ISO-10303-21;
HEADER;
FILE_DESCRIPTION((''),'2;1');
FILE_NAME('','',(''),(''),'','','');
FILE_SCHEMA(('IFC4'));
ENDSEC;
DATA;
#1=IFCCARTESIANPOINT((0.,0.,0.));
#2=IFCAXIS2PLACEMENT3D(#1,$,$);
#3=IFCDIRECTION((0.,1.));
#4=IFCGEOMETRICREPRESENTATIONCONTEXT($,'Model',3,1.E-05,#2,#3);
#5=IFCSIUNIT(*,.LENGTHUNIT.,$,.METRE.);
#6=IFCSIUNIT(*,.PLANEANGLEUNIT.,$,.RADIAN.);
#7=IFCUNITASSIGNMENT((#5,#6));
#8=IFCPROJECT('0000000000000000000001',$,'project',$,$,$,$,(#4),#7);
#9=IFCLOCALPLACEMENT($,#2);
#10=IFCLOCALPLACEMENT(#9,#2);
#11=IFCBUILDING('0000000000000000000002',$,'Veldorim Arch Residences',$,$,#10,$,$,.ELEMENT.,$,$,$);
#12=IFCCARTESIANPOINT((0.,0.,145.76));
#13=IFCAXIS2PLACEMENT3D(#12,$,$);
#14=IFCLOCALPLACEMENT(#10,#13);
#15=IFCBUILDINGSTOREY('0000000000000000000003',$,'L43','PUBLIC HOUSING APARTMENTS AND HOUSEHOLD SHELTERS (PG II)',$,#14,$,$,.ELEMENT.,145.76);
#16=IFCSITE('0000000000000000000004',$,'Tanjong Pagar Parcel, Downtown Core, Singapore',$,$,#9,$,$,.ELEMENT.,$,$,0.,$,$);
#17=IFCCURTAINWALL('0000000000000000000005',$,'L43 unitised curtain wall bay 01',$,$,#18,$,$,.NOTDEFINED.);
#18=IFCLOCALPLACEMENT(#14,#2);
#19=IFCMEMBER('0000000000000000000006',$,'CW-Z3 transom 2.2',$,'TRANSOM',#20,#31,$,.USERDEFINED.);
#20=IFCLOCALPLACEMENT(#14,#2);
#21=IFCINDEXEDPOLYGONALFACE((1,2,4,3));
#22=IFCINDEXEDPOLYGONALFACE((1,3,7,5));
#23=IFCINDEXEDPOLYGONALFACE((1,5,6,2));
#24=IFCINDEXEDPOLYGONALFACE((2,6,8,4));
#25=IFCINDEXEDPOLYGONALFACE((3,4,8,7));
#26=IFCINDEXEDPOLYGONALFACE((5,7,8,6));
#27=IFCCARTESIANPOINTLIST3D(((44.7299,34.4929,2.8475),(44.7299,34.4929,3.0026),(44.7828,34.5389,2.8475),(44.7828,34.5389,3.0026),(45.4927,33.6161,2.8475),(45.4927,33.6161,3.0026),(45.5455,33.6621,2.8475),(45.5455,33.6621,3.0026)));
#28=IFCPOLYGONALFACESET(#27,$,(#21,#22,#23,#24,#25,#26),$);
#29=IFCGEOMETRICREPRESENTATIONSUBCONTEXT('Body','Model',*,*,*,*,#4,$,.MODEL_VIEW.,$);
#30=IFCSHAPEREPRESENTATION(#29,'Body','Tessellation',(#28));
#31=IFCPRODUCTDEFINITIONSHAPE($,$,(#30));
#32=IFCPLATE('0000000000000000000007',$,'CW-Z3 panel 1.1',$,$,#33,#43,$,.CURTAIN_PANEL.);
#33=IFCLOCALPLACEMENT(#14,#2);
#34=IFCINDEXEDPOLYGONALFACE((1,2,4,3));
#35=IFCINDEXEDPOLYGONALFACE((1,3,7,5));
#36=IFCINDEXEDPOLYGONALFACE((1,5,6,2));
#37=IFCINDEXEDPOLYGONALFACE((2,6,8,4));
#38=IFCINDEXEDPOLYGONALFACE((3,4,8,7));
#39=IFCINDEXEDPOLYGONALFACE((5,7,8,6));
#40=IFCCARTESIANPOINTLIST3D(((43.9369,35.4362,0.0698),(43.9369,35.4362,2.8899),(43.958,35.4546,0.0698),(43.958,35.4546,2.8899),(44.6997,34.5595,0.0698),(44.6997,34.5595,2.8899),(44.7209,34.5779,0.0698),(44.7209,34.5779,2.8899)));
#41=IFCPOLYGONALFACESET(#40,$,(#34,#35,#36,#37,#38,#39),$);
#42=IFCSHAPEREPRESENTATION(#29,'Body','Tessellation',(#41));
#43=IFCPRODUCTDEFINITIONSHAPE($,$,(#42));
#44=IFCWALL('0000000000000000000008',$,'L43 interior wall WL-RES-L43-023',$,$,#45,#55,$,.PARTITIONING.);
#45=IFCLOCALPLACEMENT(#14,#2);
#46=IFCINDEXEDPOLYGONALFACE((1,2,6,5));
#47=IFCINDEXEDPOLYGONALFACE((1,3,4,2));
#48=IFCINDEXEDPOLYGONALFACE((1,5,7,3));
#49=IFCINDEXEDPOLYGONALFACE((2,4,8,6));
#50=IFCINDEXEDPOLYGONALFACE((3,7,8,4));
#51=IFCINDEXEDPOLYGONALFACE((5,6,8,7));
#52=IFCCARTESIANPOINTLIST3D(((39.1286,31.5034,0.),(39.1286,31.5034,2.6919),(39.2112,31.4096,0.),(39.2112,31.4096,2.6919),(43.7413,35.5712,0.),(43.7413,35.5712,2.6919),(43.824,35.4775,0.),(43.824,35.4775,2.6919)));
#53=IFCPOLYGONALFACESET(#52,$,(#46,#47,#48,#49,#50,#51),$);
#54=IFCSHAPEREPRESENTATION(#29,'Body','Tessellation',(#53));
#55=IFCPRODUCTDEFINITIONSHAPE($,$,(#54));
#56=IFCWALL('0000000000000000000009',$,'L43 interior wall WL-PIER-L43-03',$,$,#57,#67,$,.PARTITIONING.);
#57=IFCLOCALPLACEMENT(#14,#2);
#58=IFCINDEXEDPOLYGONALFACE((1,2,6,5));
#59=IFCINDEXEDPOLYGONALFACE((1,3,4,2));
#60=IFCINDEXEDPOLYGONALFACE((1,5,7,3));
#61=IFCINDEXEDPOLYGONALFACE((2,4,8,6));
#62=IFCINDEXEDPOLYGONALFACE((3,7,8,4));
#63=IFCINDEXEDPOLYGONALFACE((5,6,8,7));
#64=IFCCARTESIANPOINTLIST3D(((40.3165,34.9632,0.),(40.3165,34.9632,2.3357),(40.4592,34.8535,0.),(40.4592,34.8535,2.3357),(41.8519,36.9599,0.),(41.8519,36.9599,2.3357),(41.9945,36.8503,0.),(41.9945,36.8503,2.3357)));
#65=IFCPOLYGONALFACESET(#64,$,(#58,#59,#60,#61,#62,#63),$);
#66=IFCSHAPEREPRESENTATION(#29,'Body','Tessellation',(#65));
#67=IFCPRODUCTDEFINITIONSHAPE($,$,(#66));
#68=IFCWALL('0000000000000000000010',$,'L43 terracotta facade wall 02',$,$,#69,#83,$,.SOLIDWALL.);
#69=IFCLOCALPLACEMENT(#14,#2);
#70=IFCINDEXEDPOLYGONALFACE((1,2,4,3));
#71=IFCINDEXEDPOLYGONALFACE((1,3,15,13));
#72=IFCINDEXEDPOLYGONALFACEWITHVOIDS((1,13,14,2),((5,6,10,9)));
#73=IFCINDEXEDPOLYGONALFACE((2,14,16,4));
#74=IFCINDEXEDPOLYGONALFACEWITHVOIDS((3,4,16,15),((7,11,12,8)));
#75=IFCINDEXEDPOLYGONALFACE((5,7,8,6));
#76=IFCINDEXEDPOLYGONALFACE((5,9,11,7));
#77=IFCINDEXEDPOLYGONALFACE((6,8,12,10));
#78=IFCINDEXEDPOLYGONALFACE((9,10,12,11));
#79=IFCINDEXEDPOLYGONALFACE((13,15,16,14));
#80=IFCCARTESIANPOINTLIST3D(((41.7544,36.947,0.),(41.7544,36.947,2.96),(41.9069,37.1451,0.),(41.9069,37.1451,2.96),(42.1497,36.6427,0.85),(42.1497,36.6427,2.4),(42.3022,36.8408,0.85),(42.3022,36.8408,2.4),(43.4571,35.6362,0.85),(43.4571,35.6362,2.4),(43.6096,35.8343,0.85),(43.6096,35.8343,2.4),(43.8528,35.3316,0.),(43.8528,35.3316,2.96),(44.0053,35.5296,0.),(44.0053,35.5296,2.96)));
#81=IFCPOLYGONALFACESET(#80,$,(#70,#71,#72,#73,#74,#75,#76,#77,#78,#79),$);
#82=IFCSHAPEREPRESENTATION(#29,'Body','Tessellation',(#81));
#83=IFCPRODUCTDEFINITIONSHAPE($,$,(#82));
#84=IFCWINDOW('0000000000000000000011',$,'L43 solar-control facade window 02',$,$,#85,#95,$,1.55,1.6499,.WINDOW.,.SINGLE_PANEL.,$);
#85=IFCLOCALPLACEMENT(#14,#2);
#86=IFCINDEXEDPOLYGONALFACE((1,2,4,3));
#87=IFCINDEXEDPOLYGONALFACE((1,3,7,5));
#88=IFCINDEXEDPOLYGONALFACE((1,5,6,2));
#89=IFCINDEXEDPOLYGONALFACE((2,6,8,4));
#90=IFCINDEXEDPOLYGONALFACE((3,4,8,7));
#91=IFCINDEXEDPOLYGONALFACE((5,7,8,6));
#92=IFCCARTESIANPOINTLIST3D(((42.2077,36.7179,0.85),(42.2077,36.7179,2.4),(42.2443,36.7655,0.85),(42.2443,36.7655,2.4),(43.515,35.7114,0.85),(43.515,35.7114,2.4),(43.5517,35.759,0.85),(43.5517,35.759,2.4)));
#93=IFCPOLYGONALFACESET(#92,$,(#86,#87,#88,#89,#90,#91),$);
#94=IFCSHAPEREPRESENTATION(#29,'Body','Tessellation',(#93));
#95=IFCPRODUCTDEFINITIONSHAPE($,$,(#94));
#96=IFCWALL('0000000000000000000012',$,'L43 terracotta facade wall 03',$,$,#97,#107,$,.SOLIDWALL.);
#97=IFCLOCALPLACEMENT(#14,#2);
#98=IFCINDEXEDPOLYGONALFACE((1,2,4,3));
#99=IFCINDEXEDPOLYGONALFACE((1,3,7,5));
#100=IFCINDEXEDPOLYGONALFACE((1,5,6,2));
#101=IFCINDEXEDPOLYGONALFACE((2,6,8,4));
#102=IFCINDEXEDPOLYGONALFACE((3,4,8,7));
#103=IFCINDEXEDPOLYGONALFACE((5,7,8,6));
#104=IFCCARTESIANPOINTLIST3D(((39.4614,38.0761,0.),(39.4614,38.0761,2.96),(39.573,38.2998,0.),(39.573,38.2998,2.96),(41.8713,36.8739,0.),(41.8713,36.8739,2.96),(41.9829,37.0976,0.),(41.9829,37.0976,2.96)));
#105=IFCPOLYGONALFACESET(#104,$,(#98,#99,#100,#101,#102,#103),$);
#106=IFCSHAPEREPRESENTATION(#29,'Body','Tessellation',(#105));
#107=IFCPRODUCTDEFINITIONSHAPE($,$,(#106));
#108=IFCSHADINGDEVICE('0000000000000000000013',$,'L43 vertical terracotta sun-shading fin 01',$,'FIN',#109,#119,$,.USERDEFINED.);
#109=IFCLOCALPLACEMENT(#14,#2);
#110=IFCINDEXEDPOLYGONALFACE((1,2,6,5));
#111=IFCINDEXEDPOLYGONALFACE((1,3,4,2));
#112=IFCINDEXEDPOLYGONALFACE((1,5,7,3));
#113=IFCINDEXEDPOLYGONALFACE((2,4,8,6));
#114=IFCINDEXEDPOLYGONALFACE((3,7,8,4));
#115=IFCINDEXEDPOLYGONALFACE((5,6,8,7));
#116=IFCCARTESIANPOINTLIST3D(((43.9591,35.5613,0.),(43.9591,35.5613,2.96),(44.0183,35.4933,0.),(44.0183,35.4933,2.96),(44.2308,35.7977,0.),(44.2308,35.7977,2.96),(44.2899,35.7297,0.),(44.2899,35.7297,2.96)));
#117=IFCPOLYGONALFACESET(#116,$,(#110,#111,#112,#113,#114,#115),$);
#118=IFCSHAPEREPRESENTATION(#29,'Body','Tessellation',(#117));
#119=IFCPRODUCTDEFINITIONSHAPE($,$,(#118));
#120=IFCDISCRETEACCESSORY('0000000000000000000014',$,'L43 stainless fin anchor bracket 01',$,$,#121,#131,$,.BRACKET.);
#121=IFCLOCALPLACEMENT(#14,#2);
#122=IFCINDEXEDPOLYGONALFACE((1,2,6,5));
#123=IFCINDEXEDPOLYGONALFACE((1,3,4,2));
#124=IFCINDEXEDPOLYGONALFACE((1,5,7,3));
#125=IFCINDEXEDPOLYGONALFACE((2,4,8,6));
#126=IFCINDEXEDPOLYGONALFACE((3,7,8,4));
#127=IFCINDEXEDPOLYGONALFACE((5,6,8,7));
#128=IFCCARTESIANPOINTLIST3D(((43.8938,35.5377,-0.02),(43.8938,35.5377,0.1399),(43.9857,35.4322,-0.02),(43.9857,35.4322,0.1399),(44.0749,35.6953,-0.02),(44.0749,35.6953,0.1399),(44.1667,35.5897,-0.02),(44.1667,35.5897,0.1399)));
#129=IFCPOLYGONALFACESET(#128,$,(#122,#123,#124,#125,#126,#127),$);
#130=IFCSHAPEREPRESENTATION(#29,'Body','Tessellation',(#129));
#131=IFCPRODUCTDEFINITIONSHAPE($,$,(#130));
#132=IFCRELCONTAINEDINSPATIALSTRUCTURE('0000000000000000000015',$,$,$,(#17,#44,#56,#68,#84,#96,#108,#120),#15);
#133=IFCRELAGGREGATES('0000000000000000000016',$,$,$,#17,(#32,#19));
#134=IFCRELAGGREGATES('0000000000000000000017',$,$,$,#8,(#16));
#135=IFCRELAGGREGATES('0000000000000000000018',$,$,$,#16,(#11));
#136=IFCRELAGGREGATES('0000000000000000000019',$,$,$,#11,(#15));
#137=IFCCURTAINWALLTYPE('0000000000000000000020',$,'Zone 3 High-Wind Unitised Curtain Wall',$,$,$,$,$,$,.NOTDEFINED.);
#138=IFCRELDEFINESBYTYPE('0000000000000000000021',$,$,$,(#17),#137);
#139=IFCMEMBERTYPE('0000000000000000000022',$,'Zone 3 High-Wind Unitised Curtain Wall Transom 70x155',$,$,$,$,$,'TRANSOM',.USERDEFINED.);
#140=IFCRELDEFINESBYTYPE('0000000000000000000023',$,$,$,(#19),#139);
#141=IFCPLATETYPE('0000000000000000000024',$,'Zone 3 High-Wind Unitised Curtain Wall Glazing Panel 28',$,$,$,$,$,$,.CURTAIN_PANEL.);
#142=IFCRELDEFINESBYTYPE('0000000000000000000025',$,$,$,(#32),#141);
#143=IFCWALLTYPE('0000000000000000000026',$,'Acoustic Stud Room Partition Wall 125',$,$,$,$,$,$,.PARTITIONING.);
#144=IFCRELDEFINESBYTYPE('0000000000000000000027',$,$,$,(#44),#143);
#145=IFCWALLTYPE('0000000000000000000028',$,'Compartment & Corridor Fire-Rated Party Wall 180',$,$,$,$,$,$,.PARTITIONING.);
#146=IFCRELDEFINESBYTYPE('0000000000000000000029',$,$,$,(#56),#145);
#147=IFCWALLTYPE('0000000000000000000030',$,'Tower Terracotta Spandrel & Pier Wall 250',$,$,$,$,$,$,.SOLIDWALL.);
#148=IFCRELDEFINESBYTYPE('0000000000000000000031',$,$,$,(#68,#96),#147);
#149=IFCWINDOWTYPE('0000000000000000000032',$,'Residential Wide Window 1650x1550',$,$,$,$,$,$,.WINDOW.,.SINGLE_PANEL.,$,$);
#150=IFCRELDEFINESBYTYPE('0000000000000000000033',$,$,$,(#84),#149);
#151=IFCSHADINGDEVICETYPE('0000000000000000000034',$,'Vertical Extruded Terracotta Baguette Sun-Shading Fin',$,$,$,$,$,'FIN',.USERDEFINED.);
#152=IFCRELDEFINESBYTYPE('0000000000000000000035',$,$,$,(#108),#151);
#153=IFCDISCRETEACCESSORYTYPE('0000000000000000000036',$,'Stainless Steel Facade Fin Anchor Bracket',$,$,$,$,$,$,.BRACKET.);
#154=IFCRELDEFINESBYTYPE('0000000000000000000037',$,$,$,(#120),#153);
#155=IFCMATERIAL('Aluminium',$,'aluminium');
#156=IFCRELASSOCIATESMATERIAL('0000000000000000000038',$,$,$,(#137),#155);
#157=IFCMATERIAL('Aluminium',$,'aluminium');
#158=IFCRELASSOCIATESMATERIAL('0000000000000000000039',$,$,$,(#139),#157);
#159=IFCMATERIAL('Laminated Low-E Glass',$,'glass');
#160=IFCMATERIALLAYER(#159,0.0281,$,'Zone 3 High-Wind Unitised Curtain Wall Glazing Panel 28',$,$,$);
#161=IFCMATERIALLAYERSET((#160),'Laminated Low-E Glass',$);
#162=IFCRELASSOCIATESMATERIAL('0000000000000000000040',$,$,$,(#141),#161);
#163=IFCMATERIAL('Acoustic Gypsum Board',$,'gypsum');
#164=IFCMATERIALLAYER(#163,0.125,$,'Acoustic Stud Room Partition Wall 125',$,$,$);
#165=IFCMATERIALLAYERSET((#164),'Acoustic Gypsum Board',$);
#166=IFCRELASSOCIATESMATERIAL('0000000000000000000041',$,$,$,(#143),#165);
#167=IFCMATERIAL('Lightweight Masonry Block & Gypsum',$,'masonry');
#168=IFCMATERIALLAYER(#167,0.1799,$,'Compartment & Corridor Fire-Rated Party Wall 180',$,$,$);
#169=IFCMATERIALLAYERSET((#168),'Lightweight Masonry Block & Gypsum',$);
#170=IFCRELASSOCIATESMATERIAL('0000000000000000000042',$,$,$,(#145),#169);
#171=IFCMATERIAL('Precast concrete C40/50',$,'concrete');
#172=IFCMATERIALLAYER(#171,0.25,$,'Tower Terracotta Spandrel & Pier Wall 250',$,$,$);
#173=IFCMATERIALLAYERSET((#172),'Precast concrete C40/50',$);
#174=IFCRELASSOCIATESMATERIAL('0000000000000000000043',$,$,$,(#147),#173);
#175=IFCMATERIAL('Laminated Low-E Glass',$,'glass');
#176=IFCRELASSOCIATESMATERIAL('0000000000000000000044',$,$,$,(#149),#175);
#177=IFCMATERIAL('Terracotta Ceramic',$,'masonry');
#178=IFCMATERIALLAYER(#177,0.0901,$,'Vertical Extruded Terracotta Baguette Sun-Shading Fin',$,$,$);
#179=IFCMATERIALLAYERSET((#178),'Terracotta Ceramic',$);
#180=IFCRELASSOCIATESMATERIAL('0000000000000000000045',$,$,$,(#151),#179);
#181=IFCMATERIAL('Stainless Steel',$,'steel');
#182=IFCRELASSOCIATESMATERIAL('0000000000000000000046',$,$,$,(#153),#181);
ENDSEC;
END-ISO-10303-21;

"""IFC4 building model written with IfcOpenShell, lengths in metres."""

from ifc_helpers import new_model, si_unit, direction, frame, frame_2d, origin, origin_2d, place, context, subcontext, project, spatial, rectangle, extrude, material, layer, layer_set, material_profile, profile_set, type_object, element, fill, aggregate, save


model = new_model("IFC4")

# Units and contexts
model_context = context("Model", 3, precision=1e-05, world=origin(), true_north=direction((0.0, 1.0)))
body_context = subcontext(model_context, "Body", "Model", "MODEL_VIEW")
ifc_project = project(units=[si_unit("LENGTHUNIT", "METRE"), si_unit("PLANEANGLEUNIT", "RADIAN")], contexts=[model_context])

# Site, building, storey
site_placement = place(None, origin())
site = spatial("IfcSite", under=ifc_project, at=site_placement, Name="Tanjong Pagar Parcel, Downtown Core, Singapore", CompositionType="ELEMENT", RefElevation=0.0)
building_placement = place(site_placement, origin())
building = spatial("IfcBuilding", under=site, at=building_placement, Name="Veldorim Arch Residences", CompositionType="ELEMENT")
storey_placement = place(building_placement, frame((0.0, 0.0, 145.76)))
storey = spatial("IfcBuildingStorey", under=building, at=storey_placement, Name="L43", Description="PUBLIC HOUSING APARTMENTS AND HOUSEHOLD SHELTERS (PG II)", CompositionType="ELEMENT", Elevation=145.76)

# Curtain wall, member, plate
ifc_material_1 = material(Name="Aluminium", Category="aluminium")
curtain_wall_type = type_object("IfcCurtainWallType", Name="Zone 3 High-Wind Unitised Curtain Wall", PredefinedType="NOTDEFINED", material=ifc_material_1)
curtain_wall_placement = place(storey_placement, origin())
curtain_wall = element("IfcCurtainWall", 1, at=curtain_wall_placement, inside=storey, type_object=curtain_wall_type, Name="L43 unitised curtain wall bay 01", PredefinedType="NOTDEFINED")
ifc_material_2 = material(Name="Aluminium", Category="aluminium")
ifc_material_profile_1 = material_profile(ifc_material_2, rectangle(XDim=0.0701, YDim=0.155, at=origin_2d()), Name="ALU_TRN_70x155")
ifc_profile_set_1 = profile_set([ifc_material_profile_1], Name="Aluminium")
member_type_1 = type_object("IfcMemberType", Name="Zone 3 High-Wind Unitised Curtain Wall Transom 70x155", ElementType="TRANSOM", PredefinedType="USERDEFINED", material=ifc_profile_set_1)
member_1_placement = place(storey_placement, frame((44.7563, 34.5159, 2.925), z_axis=(0.656345, -0.754461, 0.0), x_axis=(0.754461, 0.656345, 0.0)))
member_1 = element("IfcMember", 2, at=member_1_placement, type_object=member_type_1, Name="CW-Z3 transom 2.2", ObjectType="TRANSOM", PredefinedType="USERDEFINED", context=body_context, shape_type="SweptSolid", body=[
    extrude(rectangle(XDim=0.0701, YDim=0.155, at=origin_2d()), origin(), (0.0, 0.0, 1.0), 1.1621),
])
ifc_material_3 = material(Name="Laminated Low-E Glass", Category="glass")
ifc_layer_1 = layer(ifc_material_3, 0.0281, Name="Zone 3 High-Wind Unitised Curtain Wall Glazing Panel 28")
ifc_layer_set_1 = layer_set([ifc_layer_1], Name="Laminated Low-E Glass")
plate_type = type_object("IfcPlateType", Name="Zone 3 High-Wind Unitised Curtain Wall Glazing Panel 28", PredefinedType="CURTAIN_PANEL", material=ifc_layer_set_1)
plate_placement = place(storey_placement, frame((44.3289, 35.0071, 0.0698), z_axis=(0.0, 0.0, 1.0), x_axis=(0.656415, -0.7544, 0.0)))
plate = element("IfcPlate", 3, at=plate_placement, type_object=plate_type, Name="CW-Z3 panel 1.1", PredefinedType="CURTAIN_PANEL", context=body_context, shape_type="SweptSolid", body=[
    extrude(rectangle(XDim=1.1621, YDim=0.0281, at=origin_2d()), origin(), (0.0, 0.0, 1.0), 2.8201),
])
aggregate(curtain_wall, [plate, member_1])

# Walls
ifc_material_4 = material(Name="Acoustic Gypsum Board", Category="gypsum")
ifc_layer_2 = layer(ifc_material_4, 0.125, Name="Acoustic Stud Room Partition Wall 125")
ifc_layer_set_2 = layer_set([ifc_layer_2], Name="Acoustic Gypsum Board")
wall_type_1 = type_object("IfcWallType", Name="Acoustic Stud Room Partition Wall 125", PredefinedType="PARTITIONING", material=ifc_layer_set_2)
wall_1_placement = place(storey_placement, frame((43.7827, 35.5244, 0.0), z_axis=(0.0, 0.0, 1.0), x_axis=(-0.750019, -0.661417, 0.0)))
element("IfcWall", 4, at=wall_1_placement, inside=storey, type_object=wall_type_1, Name="L43 interior wall WL-RES-L43-023", PredefinedType="PARTITIONING", context=body_context, shape_type="SweptSolid", body=[
    extrude(rectangle(XDim=6.1501, YDim=0.125, at=frame_2d((3.0752, 0.0))), origin(), (0.0, 0.0, 1.0), 2.6919),
])
ifc_material_5 = material(Name="Lightweight Masonry Block & Gypsum", Category="masonry")
ifc_layer_3 = layer(ifc_material_5, 0.1799, Name="Compartment & Corridor Fire-Rated Party Wall 180")
ifc_layer_set_3 = layer_set([ifc_layer_3], Name="Lightweight Masonry Block & Gypsum")
wall_type_2 = type_object("IfcWallType", Name="Compartment & Corridor Fire-Rated Party Wall 180", PredefinedType="PARTITIONING", material=ifc_layer_set_3)
wall_2_placement = place(storey_placement, frame((40.3879, 34.9084, 0.0), z_axis=(0.0, 0.0, 1.0), x_axis=(0.609556, 0.792743, 0.0)))
element("IfcWall", 5, at=wall_2_placement, inside=storey, type_object=wall_type_2, Name="L43 interior wall WL-PIER-L43-03", PredefinedType="PARTITIONING", context=body_context, shape_type="SweptSolid", body=[
    extrude(rectangle(XDim=2.5188, YDim=0.1799, at=frame_2d((1.2593, 0.0))), origin(), (0.0, 0.0, 1.0), 2.3357),
])

# Wall, opening, window
ifc_material_6 = material(Name="Precast concrete C40/50", Category="concrete")
ifc_layer_4 = layer(ifc_material_6, 0.25, Name="Tower Terracotta Spandrel & Pier Wall 250")
ifc_layer_set_4 = layer_set([ifc_layer_4], Name="Precast concrete C40/50")
wall_type_3 = type_object("IfcWallType", Name="Tower Terracotta Spandrel & Pier Wall 250", PredefinedType="SOLIDWALL", material=ifc_layer_set_4)
wall_3_placement = place(storey_placement, frame((41.8306, 37.0461, 0.0), z_axis=(0.0, 0.0, 1.0), x_axis=(0.792381, -0.610027, 0.0)))
wall_3 = element("IfcWall", 6, at=wall_3_placement, inside=storey, type_object=wall_type_3, Name="L43 terracotta facade wall 02", PredefinedType="SOLIDWALL", context=body_context, shape_type="SweptSolid", body=[
    extrude(rectangle(XDim=2.6482, YDim=0.25, at=frame_2d((1.3242, 0.0))), origin(), (0.0, 0.0, 1.0), 2.96),
])
opening_placement = place(wall_3_placement, frame((0.499, 0.0, 0.8501)))
opening = element("IfcOpeningElement", 7, at=opening_placement, cuts=wall_3, PredefinedType="OPENING", context=body_context, shape_type="SweptSolid", body=[
    extrude(rectangle(XDim=1.6499, YDim=1.55, at=frame_2d((0.825, 0.7749))), frame((0.0, 0.135, 0.0), z_axis=(0.0, -1.0, 0.0), x_axis=(1.0, 0.0, 0.0)), (0.0, 0.0, 1.0), 0.27),
])
ifc_material_7 = material(Name="Laminated Low-E Glass", Category="glass")
window_type = type_object("IfcWindowType", Name="Residential Wide Window 1650x1550", PartitioningType="SINGLE_PANEL", PredefinedType="WINDOW", material=ifc_material_7)
window_placement = place(opening_placement, origin())
window = element("IfcWindow", 8, at=window_placement, inside=storey, type_object=window_type, Name="L43 solar-control facade window 02", OverallHeight=1.55, OverallWidth=1.6499, PartitioningType="SINGLE_PANEL", PredefinedType="WINDOW", context=body_context, shape_type="SweptSolid", body=[
    extrude(rectangle(XDim=1.6499, YDim=1.55, at=frame_2d((0.825, 0.7749))), frame((0.0, 0.03, 0.0), z_axis=(0.0, -1.0, 0.0), x_axis=(1.0, 0.0, 0.0)), (0.0, 0.0, 1.0), 0.0601),
])
fill(opening, window)

# Wall
wall_4_placement = place(storey_placement, frame((39.5171, 38.188, 0.0), z_axis=(0.0, 0.0, 1.0), x_axis=(0.894844, -0.446379, 0.0)))
element("IfcWall", 9, at=wall_4_placement, inside=storey, type_object=wall_type_3, Name="L43 terracotta facade wall 03", PredefinedType="SOLIDWALL", context=body_context, shape_type="SweptSolid", body=[
    extrude(rectangle(XDim=2.6931, YDim=0.25, at=frame_2d((1.3467, 0.0))), origin(), (0.0, 0.0, 1.0), 2.96),
])

# Shading device
ifc_material_8 = material(Name="Terracotta Ceramic", Category="masonry")
ifc_layer_5 = layer(ifc_material_8, 0.0901, Name="Vertical Extruded Terracotta Baguette Sun-Shading Fin")
ifc_layer_set_5 = layer_set([ifc_layer_5], Name="Terracotta Ceramic")
shading_device_type = type_object("IfcShadingDeviceType", Name="Vertical Extruded Terracotta Baguette Sun-Shading Fin", ElementType="FIN", PredefinedType="USERDEFINED", material=ifc_layer_set_5)
shading_device_placement = place(storey_placement, frame((44.1245, 35.6455, 0.0), z_axis=(0.0, 0.0, 1.0), x_axis=(0.656454, -0.754366, 0.0)))
element("IfcShadingDevice", 10, at=shading_device_placement, inside=storey, type_object=shading_device_type, Name="L43 vertical terracotta sun-shading fin 01", ObjectType="FIN", PredefinedType="USERDEFINED", context=body_context, shape_type="SweptSolid", body=[
    extrude(rectangle(XDim=0.0901, YDim=0.3601, at=origin_2d()), origin(), (0.0, 0.0, 1.0), 2.96),
])

# Discrete accessory
ifc_material_9 = material(Name="Stainless Steel", Category="steel")
discrete_accessory_type = type_object("IfcDiscreteAccessoryType", Name="Stainless Steel Facade Fin Anchor Bracket", PredefinedType="BRACKET", material=ifc_material_9)
discrete_accessory_placement = place(storey_placement, frame((44.0303, 35.5637, -0.02), z_axis=(0.0, 0.0, 1.0), x_axis=(0.656454, -0.754366, 0.0)))
element("IfcDiscreteAccessory", 11, at=discrete_accessory_placement, inside=storey, type_object=discrete_accessory_type, Name="L43 stainless fin anchor bracket 01", PredefinedType="BRACKET", context=body_context, shape_type="SweptSolid", body=[
    extrude(rectangle(XDim=0.1399, YDim=0.24, at=origin_2d()), origin(), (0.0, 0.0, 1.0), 0.1599),
])

save(model, "model.ifc")
